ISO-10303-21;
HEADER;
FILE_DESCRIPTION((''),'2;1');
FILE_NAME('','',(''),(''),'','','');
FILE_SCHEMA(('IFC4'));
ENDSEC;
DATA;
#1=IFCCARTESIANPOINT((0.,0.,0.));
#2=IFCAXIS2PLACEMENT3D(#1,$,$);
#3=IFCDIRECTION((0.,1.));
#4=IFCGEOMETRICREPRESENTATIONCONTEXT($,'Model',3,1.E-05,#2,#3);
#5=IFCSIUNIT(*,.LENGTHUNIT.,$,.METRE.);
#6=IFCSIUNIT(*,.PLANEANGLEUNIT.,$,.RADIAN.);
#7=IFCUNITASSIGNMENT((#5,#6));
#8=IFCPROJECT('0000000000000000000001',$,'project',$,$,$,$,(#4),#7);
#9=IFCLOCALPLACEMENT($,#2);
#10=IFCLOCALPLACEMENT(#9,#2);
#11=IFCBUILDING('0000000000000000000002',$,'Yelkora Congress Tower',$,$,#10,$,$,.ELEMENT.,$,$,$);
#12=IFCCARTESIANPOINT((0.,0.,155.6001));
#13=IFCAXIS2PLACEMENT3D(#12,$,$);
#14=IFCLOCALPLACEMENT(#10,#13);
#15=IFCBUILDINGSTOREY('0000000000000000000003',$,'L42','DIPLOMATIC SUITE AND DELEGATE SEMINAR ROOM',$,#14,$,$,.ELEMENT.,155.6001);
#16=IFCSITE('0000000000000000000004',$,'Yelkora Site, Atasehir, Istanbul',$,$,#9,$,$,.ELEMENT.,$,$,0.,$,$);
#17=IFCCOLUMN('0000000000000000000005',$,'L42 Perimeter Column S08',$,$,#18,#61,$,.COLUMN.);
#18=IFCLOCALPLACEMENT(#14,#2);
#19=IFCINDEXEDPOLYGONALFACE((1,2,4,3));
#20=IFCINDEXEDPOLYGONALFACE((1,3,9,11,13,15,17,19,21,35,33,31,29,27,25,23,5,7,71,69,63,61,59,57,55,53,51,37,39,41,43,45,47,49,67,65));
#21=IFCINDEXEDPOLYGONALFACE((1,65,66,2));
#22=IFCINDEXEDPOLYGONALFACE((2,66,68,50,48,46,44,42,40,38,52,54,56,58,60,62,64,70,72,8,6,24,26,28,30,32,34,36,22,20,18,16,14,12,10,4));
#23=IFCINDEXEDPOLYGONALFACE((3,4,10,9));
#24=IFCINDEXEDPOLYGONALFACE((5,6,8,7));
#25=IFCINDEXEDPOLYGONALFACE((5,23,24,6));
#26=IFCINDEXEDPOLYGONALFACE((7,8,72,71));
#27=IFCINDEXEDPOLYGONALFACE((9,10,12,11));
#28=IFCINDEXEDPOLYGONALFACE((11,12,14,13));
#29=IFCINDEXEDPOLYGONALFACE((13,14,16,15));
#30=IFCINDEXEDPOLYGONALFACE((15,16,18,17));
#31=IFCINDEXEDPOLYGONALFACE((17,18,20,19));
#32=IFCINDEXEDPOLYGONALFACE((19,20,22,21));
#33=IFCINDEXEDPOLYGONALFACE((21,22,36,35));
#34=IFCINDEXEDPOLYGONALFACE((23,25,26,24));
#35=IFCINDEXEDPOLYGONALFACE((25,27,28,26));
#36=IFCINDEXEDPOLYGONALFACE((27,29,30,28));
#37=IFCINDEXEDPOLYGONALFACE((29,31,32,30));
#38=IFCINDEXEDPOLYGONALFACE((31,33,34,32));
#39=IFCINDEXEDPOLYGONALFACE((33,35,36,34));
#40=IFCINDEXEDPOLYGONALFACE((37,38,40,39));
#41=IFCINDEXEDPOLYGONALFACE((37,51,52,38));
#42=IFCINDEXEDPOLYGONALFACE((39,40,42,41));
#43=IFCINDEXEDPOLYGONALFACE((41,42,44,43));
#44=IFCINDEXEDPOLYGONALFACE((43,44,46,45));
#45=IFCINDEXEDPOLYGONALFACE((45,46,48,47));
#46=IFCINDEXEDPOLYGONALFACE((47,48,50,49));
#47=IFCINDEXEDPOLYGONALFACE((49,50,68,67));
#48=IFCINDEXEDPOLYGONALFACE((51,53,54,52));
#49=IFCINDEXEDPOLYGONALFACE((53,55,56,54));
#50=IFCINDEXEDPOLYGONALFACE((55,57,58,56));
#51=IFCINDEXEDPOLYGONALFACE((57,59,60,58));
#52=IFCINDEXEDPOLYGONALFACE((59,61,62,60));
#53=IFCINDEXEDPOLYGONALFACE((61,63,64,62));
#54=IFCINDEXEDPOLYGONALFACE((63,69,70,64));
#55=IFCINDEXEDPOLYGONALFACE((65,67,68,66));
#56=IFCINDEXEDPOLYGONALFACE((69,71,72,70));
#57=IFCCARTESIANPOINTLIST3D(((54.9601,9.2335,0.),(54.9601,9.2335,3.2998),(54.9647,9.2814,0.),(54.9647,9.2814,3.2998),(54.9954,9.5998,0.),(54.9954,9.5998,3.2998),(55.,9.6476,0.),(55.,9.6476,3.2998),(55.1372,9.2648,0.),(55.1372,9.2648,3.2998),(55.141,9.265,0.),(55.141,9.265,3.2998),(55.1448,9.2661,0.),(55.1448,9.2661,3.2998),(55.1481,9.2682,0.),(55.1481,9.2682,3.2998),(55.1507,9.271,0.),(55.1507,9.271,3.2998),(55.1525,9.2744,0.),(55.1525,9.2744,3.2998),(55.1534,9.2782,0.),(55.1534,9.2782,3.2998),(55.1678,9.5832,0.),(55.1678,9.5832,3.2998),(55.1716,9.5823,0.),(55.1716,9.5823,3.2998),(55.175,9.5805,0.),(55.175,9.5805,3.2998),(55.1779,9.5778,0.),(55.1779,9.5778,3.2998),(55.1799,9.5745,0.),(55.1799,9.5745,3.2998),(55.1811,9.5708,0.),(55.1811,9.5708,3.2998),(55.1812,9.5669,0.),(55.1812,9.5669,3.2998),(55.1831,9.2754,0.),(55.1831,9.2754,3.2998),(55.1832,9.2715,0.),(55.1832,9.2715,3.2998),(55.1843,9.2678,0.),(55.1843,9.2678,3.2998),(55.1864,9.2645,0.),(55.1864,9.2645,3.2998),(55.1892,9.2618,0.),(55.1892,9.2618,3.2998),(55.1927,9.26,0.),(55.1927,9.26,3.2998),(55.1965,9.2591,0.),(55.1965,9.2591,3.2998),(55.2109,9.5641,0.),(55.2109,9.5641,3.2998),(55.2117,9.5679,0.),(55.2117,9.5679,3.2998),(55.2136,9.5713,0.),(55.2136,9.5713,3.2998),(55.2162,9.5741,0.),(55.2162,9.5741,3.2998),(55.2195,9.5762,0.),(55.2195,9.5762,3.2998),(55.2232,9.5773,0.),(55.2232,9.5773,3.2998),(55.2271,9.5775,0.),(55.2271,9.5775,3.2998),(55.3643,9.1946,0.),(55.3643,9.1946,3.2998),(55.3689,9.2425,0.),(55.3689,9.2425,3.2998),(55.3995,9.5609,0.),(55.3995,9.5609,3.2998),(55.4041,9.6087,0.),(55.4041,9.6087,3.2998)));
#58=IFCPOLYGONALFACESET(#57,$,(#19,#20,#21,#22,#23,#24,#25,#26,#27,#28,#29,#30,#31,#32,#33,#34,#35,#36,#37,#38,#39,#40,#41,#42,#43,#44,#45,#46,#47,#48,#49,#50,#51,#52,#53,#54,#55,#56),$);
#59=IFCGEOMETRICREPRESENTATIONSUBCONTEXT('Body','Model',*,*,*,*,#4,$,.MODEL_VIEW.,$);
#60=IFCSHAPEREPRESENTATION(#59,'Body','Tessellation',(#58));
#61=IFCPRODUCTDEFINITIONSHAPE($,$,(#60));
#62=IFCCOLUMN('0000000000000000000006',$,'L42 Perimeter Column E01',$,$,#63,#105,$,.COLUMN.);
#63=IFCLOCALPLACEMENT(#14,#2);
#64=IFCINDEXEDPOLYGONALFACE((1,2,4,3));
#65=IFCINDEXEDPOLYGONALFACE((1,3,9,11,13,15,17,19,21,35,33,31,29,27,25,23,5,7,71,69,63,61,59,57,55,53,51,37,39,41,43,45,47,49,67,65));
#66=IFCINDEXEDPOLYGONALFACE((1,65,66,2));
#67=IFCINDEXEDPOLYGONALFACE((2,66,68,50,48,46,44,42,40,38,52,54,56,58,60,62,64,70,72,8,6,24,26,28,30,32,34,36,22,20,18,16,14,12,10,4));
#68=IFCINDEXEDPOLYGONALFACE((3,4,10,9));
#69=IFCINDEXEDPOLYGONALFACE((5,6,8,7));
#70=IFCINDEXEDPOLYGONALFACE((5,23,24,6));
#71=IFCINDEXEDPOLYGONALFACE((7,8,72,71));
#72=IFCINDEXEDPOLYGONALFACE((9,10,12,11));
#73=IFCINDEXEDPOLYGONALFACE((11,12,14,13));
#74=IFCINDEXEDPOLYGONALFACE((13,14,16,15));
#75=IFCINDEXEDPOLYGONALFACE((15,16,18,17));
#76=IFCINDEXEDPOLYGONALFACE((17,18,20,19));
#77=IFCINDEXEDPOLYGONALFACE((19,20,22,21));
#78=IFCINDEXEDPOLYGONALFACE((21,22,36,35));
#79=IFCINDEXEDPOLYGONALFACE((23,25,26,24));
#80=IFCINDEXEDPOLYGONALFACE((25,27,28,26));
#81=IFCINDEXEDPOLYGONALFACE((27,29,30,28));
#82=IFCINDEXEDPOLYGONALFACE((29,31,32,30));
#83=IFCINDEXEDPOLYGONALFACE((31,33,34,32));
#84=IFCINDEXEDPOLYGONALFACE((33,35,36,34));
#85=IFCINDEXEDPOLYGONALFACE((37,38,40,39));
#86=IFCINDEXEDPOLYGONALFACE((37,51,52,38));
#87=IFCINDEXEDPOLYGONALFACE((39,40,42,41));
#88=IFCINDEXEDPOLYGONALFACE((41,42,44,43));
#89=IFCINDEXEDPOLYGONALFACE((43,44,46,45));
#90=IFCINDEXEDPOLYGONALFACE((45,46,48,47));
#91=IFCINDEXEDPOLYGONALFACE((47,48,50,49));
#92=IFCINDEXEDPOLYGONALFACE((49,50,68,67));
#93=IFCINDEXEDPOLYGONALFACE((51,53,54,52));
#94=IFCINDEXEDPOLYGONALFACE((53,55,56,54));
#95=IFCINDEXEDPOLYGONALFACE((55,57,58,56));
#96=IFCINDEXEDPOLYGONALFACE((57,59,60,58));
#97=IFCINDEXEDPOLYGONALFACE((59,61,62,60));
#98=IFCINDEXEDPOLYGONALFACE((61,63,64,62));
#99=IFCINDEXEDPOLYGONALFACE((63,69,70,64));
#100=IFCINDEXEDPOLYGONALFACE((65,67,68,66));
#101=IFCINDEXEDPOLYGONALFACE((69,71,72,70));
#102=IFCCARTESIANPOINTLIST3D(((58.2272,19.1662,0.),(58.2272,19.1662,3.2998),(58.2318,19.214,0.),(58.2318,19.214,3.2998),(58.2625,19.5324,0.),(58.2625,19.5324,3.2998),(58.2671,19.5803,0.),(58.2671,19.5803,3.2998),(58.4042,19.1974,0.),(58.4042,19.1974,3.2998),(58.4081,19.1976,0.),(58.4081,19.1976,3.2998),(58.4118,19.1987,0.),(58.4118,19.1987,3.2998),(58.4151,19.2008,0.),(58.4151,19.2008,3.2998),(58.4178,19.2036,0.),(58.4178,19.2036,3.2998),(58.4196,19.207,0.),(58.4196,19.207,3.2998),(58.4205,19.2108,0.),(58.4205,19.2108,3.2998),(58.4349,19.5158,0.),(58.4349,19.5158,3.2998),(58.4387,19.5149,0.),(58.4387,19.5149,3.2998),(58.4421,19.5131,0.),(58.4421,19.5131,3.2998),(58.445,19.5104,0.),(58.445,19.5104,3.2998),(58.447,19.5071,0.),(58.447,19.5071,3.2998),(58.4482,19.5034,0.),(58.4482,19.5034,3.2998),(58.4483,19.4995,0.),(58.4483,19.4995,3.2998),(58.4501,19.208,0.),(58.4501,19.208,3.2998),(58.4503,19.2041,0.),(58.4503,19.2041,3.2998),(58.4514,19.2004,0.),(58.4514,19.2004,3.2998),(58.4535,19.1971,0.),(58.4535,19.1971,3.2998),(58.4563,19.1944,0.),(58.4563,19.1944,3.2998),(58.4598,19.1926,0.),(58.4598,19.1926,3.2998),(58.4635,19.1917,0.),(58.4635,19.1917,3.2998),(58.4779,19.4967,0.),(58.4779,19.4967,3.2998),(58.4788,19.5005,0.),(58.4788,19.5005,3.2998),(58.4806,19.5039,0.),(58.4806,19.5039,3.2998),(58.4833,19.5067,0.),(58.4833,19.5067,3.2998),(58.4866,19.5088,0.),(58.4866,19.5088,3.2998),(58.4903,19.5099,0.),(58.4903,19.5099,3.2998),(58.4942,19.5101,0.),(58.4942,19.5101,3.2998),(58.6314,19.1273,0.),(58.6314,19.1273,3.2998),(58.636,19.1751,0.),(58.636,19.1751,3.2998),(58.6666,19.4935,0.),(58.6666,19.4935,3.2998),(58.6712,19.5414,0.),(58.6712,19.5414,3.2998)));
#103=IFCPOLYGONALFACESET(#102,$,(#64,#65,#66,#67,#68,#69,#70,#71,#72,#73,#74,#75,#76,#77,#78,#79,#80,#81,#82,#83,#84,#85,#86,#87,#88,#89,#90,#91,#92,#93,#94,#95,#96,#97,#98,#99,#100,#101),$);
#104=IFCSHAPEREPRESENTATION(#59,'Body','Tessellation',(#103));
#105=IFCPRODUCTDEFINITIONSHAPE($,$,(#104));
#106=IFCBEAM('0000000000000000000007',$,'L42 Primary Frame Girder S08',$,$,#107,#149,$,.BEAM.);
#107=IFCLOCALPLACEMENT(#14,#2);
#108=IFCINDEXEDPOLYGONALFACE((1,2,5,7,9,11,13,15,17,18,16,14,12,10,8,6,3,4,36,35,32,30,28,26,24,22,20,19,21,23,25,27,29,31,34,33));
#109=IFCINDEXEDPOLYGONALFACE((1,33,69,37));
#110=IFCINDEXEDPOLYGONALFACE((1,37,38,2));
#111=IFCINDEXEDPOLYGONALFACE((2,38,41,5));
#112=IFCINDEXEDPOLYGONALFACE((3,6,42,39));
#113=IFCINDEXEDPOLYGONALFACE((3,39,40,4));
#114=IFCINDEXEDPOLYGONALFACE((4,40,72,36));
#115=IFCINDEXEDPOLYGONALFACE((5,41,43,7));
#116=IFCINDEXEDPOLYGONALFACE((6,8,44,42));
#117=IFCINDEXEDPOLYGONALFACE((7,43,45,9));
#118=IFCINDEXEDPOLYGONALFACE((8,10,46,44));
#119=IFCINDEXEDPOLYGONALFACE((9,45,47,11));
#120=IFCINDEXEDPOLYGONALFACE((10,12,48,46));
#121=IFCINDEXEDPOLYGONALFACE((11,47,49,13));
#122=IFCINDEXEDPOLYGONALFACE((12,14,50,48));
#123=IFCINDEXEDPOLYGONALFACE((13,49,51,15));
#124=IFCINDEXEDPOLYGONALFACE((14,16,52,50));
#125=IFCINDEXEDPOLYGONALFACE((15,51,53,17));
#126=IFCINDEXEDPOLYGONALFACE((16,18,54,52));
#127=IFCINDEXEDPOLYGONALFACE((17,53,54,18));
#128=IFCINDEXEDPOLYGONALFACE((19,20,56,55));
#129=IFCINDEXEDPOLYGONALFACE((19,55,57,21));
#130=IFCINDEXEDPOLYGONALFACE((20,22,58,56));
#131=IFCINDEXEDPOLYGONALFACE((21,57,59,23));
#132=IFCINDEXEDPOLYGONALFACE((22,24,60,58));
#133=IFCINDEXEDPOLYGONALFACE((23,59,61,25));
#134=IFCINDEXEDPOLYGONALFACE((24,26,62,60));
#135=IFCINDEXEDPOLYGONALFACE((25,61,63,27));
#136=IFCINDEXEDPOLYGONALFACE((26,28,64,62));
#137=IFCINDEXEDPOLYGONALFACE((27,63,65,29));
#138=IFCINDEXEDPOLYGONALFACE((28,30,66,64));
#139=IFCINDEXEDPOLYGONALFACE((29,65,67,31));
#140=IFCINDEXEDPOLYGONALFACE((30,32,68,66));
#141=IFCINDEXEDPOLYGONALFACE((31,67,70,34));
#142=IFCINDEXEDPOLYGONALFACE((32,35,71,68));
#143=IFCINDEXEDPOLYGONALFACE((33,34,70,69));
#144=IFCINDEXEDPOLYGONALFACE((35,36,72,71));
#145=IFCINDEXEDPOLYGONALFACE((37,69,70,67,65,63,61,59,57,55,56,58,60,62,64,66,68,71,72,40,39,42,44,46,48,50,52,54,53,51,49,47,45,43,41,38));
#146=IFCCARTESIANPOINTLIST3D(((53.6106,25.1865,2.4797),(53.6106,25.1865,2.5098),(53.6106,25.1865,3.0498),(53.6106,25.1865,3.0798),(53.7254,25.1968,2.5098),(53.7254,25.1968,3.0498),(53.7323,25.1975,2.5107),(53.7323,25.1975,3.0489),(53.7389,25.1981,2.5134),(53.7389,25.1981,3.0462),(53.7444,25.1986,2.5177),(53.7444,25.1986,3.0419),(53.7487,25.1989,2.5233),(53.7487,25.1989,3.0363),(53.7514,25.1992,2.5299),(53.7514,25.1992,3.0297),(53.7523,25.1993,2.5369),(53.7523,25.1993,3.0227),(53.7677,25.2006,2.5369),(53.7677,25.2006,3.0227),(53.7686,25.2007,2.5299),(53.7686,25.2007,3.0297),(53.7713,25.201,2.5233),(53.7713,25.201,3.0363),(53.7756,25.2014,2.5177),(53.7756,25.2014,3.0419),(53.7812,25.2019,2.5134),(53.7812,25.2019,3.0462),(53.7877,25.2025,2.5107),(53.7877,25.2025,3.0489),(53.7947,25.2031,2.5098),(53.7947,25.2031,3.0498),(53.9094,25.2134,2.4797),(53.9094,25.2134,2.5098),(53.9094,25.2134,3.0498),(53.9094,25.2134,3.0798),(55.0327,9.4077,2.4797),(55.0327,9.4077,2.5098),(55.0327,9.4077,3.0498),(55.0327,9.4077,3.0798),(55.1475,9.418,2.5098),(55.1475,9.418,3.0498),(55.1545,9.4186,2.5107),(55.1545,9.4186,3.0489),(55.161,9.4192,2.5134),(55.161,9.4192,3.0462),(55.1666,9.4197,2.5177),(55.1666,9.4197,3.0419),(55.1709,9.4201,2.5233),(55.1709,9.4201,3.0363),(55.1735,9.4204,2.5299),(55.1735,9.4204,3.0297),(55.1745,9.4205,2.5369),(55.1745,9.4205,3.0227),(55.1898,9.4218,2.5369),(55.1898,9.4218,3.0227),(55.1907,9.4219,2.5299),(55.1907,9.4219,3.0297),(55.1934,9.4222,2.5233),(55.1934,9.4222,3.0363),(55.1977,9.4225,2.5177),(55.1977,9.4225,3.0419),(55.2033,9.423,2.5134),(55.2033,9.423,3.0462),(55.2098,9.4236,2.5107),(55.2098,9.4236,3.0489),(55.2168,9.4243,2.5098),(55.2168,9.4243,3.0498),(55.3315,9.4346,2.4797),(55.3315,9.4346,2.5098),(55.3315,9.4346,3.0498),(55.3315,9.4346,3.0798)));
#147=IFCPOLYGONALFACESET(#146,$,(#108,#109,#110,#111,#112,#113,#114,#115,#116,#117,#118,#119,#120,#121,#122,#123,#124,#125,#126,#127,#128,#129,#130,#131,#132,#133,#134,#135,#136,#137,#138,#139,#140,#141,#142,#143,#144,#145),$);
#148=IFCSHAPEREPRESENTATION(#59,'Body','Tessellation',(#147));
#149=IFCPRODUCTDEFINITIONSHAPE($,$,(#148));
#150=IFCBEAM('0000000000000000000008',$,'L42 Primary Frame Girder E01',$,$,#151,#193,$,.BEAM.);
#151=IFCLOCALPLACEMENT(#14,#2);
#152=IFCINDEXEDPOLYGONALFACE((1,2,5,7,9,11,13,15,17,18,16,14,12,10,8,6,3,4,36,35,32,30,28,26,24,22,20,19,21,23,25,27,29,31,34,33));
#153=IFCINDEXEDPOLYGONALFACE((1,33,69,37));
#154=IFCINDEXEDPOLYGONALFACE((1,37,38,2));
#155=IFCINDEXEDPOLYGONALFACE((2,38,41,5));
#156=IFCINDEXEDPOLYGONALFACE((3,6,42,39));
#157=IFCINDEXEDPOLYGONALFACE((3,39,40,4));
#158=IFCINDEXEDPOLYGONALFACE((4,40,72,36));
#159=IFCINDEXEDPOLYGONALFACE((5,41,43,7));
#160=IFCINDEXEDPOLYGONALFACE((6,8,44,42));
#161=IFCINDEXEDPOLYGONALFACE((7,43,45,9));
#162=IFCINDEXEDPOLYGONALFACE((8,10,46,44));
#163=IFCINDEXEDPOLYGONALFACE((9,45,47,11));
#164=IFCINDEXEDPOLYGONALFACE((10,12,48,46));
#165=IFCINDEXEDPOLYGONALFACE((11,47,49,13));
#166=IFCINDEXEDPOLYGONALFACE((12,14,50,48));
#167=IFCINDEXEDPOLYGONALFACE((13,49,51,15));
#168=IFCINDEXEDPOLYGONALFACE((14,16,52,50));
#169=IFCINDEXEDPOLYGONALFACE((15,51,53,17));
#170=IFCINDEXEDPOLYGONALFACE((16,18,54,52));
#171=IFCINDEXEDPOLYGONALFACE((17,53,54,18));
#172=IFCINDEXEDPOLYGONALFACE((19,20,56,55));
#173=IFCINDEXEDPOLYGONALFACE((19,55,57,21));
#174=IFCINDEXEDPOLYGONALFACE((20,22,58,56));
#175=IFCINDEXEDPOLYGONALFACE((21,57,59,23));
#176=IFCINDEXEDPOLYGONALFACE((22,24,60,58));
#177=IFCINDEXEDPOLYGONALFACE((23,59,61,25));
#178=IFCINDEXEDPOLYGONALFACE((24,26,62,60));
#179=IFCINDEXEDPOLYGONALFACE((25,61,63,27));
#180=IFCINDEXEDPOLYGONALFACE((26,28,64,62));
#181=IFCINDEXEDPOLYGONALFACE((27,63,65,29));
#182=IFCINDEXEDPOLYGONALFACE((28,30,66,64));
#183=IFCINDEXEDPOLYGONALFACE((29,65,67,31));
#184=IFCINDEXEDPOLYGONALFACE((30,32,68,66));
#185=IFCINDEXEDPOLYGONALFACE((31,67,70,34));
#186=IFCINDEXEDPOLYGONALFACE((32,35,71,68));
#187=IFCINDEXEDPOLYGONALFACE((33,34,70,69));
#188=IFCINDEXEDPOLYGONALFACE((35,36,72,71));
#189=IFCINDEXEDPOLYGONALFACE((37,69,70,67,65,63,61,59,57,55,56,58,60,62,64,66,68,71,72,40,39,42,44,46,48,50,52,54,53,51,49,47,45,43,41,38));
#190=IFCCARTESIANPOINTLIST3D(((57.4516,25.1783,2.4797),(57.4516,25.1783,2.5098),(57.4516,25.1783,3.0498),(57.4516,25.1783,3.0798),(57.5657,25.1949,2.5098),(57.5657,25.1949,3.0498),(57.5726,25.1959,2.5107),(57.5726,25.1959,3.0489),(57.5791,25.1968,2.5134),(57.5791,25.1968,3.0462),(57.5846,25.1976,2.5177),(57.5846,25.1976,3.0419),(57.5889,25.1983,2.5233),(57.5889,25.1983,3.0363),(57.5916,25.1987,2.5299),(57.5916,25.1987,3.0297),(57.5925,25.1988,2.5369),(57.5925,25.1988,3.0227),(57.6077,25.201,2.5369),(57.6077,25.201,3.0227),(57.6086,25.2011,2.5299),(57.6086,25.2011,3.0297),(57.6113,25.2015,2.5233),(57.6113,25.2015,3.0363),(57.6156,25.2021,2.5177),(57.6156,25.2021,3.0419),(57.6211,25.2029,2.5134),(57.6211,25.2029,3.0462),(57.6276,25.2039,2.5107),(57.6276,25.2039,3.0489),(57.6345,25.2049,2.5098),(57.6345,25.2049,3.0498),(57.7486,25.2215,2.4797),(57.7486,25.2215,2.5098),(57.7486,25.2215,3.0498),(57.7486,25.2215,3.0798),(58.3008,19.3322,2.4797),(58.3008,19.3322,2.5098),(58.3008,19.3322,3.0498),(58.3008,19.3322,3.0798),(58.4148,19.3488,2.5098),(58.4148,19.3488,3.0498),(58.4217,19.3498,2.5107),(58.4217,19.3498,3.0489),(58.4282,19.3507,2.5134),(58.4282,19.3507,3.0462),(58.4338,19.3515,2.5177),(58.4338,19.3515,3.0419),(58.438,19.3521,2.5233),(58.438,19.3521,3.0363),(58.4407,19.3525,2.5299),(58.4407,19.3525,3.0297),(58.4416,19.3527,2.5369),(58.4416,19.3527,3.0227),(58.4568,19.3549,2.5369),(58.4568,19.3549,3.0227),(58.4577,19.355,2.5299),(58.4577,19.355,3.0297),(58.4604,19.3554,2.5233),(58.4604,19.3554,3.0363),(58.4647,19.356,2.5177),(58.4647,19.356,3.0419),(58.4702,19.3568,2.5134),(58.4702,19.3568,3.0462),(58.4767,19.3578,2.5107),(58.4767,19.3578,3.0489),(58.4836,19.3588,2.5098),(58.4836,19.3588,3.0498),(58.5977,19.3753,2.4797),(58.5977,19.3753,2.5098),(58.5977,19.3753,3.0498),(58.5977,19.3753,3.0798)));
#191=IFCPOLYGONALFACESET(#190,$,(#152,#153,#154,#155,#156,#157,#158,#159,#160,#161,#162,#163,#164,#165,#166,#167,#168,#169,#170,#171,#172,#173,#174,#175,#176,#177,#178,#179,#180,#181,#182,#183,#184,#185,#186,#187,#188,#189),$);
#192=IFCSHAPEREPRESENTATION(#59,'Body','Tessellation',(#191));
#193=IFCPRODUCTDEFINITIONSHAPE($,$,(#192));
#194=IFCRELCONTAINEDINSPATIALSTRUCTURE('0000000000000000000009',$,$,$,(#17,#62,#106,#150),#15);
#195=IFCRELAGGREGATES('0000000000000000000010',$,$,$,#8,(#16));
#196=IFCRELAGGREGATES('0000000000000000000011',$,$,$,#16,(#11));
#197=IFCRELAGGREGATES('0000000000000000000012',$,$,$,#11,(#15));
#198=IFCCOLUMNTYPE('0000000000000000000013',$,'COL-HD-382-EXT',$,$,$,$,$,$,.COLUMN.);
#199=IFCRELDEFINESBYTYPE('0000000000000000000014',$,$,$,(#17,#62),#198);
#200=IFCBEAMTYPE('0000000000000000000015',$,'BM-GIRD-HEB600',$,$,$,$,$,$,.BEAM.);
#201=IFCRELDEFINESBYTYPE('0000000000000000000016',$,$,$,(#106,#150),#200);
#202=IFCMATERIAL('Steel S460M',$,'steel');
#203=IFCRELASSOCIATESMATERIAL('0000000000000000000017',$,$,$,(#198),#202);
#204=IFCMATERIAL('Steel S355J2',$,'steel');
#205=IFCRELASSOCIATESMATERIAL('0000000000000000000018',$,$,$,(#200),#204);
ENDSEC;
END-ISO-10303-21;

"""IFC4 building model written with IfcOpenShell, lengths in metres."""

from ifc_helpers import new_model, si_unit, direction, frame, origin, origin_2d, place, context, subcontext, project, spatial, i_section, extrude, material, material_profile, profile_set, type_object, element, save


model = new_model("IFC4")

# Units and contexts
model_context = context("Model", 3, precision=1e-05, world=origin(), true_north=direction((0.0, 1.0)))
body_context = subcontext(model_context, "Body", "Model", "MODEL_VIEW")
ifc_project = project(units=[si_unit("LENGTHUNIT", "METRE"), si_unit("PLANEANGLEUNIT", "RADIAN")], contexts=[model_context])

# Site, building, storey
site_placement = place(None, origin())
site = spatial("IfcSite", under=ifc_project, at=site_placement, Name="Yelkora Site, Atasehir, Istanbul", CompositionType="ELEMENT", RefElevation=0.0)
building_placement = place(site_placement, origin())
building = spatial("IfcBuilding", under=site, at=building_placement, Name="Yelkora Congress Tower", CompositionType="ELEMENT")
storey_placement = place(building_placement, frame((0.0, 0.0, 155.6001)))
storey = spatial("IfcBuildingStorey", under=building, at=storey_placement, Name="L42", Description="DIPLOMATIC SUITE AND DELEGATE SEMINAR ROOM", CompositionType="ELEMENT", Elevation=155.6001)

# Columns
ifc_material_1 = material(Name="Steel S460M", Category="steel")
ifc_material_profile_1 = material_profile(ifc_material_1, i_section(OverallWidth=0.406, OverallDepth=0.416, WebThickness=0.0298, FlangeThickness=0.0481, FilletRadius=0.0149, at=origin_2d()), Name="HD 400x382")
ifc_profile_set_1 = profile_set([ifc_material_profile_1], Name="Steel S460M")
column_type = type_object("IfcColumnType", Name="COL-HD-382-EXT", PredefinedType="COLUMN", material=ifc_profile_set_1)
for number, where, z_axis, x_axis, name in (
    (1, (55.1821, 9.4211, 0.0), (0.0, 0.0, 1.0), (0.995396, -0.095846, 0.0), "L42 Perimeter Column S08"),
    (2, (58.4492, 19.3538, 0.0), (0.0, 0.0, 1.0), (0.995396, -0.095846, 0.0), "L42 Perimeter Column E01"),
):
    element("IfcColumn", number, at=place(storey_placement, frame(where, z_axis=z_axis, x_axis=x_axis)), inside=storey, type_object=column_type, Name=name, PredefinedType="COLUMN", context=body_context, shape_type="SweptSolid", body=[
        extrude(i_section(OverallWidth=0.406, OverallDepth=0.416, WebThickness=0.0298, FlangeThickness=0.0481, FilletRadius=0.0149, at=origin_2d()), origin(), (0.0, 0.0, 1.0), 3.2998),
    ])

# Beams
ifc_material_2 = material(Name="Steel S355J2", Category="steel")
ifc_material_profile_2 = material_profile(ifc_material_2, i_section(OverallWidth=0.3, OverallDepth=0.6001, WebThickness=0.0154, FlangeThickness=0.03, FilletRadius=0.0271, at=origin_2d()), Name="HEB 600")
ifc_profile_set_2 = profile_set([ifc_material_profile_2], Name="Steel S355J2")
beam_type_1 = type_object("IfcBeamType", Name="BM-GIRD-HEB600", PredefinedType="BEAM", material=ifc_profile_set_2)
beam_1_placement = place(storey_placement, frame((55.1821, 9.4211, 2.7798), z_axis=(-0.089765, 0.995963, 0.0), x_axis=(-0.995963, -0.089765, 0.0)))
element("IfcBeam", 3, at=beam_1_placement, inside=storey, type_object=beam_type_1, Name="L42 Primary Frame Girder S08", PredefinedType="BEAM", context=body_context, shape_type="SweptSolid", body=[
    extrude(i_section(OverallWidth=0.3, OverallDepth=0.6001, WebThickness=0.0154, FlangeThickness=0.03, FilletRadius=0.0271, at=origin_2d()), origin(), (0.0, 0.0, 1.0), 15.8428),
])
beam_2_placement = place(storey_placement, frame((58.4492, 19.3538, 2.7798), z_axis=(-0.143735, 0.989616, 0.0), x_axis=(-0.989616, -0.143735, 0.0)))
element("IfcBeam", 4, at=beam_2_placement, inside=storey, type_object=beam_type_1, Name="L42 Primary Frame Girder E01", PredefinedType="BEAM", context=body_context, shape_type="SweptSolid", body=[
    extrude(i_section(OverallWidth=0.3, OverallDepth=0.6001, WebThickness=0.0154, FlangeThickness=0.03, FilletRadius=0.0271, at=origin_2d()), origin(), (0.0, 0.0, 1.0), 5.9075),
])

save(model, "model.ifc")
